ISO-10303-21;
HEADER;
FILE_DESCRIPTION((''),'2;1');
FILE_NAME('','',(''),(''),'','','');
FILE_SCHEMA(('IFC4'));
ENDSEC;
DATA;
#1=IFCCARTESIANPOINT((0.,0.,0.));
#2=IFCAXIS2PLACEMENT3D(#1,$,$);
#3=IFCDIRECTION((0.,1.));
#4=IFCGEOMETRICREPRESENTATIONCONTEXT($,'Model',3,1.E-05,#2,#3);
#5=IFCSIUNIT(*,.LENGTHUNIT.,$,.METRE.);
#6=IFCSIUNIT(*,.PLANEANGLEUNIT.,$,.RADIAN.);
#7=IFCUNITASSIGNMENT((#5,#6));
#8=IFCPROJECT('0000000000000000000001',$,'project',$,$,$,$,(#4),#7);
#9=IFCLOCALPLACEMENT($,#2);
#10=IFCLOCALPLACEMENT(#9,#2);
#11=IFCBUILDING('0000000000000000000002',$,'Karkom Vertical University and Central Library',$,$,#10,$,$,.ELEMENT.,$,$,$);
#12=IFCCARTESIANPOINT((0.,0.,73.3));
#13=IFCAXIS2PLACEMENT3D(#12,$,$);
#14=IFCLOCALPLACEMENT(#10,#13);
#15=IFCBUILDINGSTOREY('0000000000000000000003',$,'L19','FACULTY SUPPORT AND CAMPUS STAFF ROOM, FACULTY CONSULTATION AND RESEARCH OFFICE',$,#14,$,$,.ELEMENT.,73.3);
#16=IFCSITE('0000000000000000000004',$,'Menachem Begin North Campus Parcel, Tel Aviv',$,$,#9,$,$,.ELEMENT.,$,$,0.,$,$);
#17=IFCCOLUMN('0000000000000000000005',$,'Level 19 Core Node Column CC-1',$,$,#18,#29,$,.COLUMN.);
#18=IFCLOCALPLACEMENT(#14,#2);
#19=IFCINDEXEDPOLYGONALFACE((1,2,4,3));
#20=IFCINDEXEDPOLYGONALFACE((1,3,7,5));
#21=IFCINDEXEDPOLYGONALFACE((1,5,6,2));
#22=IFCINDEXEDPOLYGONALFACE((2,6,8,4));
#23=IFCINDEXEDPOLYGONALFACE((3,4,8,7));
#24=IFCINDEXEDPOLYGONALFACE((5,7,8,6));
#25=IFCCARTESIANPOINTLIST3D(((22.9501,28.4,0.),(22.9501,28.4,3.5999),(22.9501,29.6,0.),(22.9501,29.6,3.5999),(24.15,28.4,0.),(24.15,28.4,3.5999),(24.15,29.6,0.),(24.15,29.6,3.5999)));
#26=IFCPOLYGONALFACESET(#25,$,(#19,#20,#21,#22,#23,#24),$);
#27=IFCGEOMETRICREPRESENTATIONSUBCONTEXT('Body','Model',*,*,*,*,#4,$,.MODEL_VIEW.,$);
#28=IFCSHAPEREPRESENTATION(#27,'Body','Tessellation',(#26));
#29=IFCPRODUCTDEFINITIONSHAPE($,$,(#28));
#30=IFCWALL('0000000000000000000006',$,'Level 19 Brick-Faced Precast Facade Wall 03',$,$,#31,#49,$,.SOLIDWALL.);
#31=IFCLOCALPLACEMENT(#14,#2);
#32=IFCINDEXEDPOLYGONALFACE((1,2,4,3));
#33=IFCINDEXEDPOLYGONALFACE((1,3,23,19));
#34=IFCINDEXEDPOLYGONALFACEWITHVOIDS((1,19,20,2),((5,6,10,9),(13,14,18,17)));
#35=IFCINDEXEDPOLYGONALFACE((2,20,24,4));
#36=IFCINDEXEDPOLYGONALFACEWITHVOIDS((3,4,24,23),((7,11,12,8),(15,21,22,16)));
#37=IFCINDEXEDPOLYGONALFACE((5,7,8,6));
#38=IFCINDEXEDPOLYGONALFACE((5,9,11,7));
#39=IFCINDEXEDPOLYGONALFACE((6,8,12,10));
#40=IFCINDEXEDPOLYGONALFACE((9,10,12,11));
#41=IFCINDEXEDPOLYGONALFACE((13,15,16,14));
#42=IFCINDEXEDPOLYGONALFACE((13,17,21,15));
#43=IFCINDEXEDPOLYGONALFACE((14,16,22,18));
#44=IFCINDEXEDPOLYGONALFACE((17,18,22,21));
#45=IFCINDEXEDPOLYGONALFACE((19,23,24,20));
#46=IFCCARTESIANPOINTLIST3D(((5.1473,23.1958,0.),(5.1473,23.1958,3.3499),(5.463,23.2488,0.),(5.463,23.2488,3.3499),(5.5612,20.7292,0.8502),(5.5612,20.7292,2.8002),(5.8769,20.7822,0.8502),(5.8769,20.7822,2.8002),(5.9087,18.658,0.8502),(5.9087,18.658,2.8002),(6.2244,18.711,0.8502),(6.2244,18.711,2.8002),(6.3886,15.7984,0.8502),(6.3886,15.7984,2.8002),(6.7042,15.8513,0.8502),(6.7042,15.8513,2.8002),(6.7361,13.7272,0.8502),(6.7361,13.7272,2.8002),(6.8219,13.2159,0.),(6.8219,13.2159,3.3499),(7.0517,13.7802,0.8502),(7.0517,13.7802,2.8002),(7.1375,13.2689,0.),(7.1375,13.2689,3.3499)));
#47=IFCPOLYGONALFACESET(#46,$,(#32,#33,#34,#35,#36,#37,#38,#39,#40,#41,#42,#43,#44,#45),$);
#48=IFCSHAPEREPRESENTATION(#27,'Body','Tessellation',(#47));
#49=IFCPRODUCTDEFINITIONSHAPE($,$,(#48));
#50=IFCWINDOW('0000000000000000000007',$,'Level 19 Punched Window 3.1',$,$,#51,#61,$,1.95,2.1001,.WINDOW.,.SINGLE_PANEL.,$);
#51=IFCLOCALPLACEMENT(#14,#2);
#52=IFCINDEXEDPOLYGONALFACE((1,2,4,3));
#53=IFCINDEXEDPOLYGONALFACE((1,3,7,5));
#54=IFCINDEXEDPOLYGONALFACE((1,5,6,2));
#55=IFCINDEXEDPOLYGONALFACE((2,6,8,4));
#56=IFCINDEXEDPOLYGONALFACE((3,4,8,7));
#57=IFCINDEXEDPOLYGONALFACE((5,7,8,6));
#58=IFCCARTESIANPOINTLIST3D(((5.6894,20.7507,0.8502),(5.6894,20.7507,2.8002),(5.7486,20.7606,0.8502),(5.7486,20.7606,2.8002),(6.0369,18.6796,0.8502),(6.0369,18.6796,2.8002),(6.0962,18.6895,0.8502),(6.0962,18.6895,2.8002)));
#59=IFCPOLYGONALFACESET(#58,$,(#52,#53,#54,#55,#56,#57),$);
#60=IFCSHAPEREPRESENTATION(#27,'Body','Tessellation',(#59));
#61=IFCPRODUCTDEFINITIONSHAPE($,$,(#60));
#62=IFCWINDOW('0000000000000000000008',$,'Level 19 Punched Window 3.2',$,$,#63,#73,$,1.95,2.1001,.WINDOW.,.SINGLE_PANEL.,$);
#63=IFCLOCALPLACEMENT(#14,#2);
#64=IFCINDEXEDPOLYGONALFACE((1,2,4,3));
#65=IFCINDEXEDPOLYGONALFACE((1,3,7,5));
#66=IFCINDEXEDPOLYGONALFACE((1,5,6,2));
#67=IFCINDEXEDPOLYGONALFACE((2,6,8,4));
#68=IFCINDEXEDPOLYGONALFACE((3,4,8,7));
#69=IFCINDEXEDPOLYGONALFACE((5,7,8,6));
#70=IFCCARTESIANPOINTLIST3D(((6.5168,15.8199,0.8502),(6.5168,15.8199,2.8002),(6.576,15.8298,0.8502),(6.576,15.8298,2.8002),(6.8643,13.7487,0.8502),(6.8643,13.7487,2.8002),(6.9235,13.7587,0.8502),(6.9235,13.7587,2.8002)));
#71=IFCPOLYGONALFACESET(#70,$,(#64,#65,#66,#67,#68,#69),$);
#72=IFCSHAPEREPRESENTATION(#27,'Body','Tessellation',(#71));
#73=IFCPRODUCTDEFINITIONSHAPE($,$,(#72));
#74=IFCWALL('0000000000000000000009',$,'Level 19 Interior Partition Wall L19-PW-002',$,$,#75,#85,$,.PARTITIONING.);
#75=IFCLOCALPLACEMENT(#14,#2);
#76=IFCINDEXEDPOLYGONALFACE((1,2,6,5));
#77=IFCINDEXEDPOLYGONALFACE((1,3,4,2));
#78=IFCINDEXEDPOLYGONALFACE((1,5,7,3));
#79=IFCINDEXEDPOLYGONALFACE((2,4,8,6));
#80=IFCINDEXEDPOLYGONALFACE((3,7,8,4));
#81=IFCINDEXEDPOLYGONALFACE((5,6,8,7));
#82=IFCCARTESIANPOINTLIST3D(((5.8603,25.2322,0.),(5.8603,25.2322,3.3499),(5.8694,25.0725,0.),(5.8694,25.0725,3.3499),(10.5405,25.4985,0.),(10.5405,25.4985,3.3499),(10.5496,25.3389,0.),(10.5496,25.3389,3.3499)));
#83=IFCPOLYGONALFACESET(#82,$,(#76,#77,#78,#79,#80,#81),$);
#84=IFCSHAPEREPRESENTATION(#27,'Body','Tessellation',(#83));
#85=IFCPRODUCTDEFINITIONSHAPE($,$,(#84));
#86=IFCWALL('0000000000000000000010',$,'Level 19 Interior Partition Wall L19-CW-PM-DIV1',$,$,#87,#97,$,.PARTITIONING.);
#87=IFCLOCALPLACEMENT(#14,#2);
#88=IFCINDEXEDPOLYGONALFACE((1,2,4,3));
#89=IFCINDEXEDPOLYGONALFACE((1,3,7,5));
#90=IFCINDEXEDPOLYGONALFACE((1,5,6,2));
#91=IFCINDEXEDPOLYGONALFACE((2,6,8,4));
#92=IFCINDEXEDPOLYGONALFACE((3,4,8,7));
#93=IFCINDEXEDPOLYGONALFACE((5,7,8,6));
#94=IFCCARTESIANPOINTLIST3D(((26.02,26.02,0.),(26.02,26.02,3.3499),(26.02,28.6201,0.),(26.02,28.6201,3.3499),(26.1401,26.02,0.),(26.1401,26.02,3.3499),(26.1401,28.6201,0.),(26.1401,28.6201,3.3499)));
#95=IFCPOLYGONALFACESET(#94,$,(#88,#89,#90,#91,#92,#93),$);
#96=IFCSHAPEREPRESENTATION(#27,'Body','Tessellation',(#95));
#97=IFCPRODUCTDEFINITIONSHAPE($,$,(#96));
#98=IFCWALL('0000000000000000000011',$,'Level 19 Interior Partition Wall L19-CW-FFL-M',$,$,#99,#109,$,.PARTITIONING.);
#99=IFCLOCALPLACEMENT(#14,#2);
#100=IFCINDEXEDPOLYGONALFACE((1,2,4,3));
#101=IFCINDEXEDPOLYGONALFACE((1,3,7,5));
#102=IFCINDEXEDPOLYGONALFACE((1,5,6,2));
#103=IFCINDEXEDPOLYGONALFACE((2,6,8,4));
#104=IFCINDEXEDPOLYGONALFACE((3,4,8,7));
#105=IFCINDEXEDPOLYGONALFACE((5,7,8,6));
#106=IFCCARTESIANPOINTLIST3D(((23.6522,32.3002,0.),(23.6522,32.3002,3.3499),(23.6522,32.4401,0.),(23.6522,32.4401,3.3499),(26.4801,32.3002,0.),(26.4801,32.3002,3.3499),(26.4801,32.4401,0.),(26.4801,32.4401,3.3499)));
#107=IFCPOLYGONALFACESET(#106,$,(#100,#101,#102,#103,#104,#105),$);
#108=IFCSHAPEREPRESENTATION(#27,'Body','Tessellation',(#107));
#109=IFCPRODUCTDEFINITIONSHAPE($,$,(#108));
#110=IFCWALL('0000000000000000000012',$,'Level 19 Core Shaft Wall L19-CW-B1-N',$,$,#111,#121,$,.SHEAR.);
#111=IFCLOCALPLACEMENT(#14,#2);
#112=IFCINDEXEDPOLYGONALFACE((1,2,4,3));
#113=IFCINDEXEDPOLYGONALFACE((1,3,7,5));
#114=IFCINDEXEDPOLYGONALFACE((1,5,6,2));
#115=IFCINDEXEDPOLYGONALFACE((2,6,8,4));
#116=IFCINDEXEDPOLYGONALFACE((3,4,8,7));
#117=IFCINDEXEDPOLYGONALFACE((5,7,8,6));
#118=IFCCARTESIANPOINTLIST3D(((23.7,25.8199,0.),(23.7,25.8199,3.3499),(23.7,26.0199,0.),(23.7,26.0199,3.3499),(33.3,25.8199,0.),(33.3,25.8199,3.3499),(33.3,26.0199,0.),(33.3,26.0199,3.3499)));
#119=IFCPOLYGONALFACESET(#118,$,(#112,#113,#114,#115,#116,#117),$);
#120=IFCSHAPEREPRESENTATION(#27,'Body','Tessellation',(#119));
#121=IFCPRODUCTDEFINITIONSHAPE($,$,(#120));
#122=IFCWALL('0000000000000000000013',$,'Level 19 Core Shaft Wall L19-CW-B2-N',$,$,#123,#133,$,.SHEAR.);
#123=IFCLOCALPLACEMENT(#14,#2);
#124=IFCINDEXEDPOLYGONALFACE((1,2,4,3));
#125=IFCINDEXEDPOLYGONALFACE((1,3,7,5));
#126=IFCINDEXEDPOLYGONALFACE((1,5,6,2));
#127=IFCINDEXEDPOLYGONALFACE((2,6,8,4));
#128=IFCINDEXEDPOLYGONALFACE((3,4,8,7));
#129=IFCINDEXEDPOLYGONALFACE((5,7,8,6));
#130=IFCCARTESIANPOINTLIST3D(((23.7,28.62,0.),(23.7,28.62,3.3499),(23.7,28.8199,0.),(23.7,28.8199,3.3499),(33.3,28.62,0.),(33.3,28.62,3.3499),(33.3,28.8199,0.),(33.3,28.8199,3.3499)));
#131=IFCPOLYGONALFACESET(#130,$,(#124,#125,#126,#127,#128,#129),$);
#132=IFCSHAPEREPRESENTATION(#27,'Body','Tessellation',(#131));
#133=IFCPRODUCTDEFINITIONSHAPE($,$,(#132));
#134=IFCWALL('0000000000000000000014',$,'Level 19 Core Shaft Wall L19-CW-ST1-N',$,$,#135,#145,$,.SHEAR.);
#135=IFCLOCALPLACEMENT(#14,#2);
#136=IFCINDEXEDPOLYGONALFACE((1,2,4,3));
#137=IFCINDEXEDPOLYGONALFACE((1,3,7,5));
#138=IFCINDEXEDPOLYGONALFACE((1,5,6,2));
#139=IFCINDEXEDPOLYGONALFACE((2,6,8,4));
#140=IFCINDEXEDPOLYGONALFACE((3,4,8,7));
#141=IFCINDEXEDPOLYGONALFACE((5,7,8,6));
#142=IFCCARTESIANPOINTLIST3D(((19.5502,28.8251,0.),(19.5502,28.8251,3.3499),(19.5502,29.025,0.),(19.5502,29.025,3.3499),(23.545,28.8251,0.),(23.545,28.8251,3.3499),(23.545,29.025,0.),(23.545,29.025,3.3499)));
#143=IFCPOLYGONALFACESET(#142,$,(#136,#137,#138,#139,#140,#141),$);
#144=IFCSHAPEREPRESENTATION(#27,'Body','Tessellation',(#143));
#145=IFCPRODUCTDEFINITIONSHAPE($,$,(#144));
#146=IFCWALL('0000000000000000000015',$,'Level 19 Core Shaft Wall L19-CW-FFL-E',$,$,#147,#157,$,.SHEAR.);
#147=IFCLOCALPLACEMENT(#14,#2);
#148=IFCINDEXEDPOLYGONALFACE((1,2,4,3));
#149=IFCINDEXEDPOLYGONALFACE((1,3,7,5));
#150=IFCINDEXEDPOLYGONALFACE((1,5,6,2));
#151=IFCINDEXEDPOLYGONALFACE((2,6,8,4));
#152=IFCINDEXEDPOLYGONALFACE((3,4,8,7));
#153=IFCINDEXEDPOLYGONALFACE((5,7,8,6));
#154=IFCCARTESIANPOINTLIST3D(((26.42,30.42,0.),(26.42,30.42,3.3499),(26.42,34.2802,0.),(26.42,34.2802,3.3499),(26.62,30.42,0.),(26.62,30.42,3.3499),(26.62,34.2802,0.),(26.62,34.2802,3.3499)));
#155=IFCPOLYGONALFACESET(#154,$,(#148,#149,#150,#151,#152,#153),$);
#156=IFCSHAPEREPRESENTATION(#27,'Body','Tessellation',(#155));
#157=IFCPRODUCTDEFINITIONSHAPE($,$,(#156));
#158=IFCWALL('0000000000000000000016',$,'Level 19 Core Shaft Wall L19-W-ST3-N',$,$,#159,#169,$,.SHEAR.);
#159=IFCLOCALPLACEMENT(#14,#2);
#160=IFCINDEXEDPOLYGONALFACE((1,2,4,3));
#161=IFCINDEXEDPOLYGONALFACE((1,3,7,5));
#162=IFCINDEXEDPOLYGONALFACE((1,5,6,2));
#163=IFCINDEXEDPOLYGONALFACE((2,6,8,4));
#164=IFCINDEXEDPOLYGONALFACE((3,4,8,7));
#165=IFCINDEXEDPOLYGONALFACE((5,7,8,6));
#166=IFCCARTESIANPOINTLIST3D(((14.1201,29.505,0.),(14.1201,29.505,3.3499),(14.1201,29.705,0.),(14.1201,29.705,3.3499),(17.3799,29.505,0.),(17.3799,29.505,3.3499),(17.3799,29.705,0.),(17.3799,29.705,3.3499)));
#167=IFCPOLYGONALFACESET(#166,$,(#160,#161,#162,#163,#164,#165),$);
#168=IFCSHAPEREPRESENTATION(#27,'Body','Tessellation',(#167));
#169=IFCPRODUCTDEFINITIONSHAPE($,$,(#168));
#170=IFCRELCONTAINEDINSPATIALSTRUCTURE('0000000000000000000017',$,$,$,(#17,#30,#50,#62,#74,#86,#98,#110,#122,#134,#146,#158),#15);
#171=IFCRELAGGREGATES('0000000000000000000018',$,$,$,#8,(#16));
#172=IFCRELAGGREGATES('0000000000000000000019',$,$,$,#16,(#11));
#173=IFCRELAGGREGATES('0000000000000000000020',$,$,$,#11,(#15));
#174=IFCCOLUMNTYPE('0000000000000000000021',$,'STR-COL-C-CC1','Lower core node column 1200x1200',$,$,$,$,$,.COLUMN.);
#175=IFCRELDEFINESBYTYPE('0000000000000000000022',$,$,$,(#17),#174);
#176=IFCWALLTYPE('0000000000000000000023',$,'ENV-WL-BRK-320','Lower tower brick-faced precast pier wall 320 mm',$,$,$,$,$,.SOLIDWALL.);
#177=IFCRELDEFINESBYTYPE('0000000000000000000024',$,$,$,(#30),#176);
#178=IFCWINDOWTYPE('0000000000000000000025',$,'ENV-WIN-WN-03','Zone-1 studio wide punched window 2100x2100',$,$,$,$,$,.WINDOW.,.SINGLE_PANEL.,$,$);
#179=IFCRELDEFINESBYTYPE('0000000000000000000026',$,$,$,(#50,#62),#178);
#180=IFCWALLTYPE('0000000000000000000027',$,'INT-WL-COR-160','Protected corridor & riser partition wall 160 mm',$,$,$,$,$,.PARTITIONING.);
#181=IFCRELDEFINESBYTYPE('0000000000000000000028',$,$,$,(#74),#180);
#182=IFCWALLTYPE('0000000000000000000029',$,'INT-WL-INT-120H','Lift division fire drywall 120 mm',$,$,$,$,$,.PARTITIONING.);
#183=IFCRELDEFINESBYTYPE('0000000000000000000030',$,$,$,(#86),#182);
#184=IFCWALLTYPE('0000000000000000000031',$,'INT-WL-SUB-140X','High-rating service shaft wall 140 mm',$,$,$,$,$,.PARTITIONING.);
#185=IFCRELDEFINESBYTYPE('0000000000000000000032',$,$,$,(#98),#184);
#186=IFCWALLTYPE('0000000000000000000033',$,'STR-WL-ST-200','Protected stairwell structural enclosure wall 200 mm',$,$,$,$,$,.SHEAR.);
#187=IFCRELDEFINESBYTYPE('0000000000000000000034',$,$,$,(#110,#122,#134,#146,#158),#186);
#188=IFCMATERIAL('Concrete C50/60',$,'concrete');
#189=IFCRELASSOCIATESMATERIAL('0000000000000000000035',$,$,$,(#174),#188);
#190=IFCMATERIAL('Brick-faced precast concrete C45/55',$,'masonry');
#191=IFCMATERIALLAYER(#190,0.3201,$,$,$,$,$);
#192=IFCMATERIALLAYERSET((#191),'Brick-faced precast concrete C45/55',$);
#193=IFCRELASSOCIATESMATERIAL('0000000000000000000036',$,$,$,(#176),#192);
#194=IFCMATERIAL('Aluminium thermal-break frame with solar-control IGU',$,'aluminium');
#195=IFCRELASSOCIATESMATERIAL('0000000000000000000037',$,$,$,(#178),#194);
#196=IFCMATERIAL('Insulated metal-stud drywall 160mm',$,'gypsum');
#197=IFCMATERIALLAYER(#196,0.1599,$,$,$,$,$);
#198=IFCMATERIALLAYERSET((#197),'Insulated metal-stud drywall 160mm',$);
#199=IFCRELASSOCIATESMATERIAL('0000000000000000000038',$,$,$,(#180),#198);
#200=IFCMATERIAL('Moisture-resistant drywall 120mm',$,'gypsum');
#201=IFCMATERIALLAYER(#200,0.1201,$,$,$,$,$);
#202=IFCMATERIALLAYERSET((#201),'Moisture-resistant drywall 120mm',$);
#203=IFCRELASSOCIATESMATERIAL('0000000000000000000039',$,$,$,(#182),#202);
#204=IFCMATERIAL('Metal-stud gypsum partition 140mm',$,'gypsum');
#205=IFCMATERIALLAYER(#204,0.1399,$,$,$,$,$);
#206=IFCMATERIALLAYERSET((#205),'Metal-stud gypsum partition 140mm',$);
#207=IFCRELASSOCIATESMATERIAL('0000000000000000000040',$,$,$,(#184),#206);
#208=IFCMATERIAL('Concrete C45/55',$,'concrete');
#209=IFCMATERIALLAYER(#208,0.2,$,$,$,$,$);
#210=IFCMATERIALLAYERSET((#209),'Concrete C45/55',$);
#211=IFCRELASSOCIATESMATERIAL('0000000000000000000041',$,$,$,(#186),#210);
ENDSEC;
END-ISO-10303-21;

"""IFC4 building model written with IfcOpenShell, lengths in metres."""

from ifc_helpers import new_model, si_unit, direction, frame, frame_2d, origin, origin_with_axes, origin_2d, place, context, subcontext, project, spatial, rectangle, extrude, source, transform, mapped, material, layer, layer_set, material_profile, profile_set, type_object, element, fill, save


model = new_model("IFC4")

# Units and contexts
model_context = context("Model", 3, precision=1e-05, world=origin(), true_north=direction((0.0, 1.0)))
body_context = subcontext(model_context, "Body", "Model", "MODEL_VIEW")
ifc_project = project(units=[si_unit("LENGTHUNIT", "METRE"), si_unit("PLANEANGLEUNIT", "RADIAN")], contexts=[model_context])

# Site, building, storey
site_placement = place(None, origin())
site = spatial("IfcSite", under=ifc_project, at=site_placement, Name="Menachem Begin North Campus Parcel, Tel Aviv", CompositionType="ELEMENT", RefElevation=0.0)
building_placement = place(site_placement, origin())
building = spatial("IfcBuilding", under=site, at=building_placement, Name="Karkom Vertical University and Central Library", CompositionType="ELEMENT")
storey_placement = place(building_placement, frame((0.0, 0.0, 73.3)))
storey = spatial("IfcBuildingStorey", under=building, at=storey_placement, Name="L19", Description="FACULTY SUPPORT AND CAMPUS STAFF ROOM, FACULTY CONSULTATION AND RESEARCH OFFICE", CompositionType="ELEMENT", Elevation=73.3)

# Column
ifc_material_1 = material(Name="Concrete C50/60", Category="concrete")
ifc_material_profile = material_profile(ifc_material_1, rectangle(XDim=1.2, YDim=1.2, at=origin_2d()), Name="RC-1200x1200")
ifc_profile_set = profile_set([ifc_material_profile], Name="Concrete C50/60")
column_type = type_object("IfcColumnType", Name="STR-COL-C-CC1", Description="Lower core node column 1200x1200", PredefinedType="COLUMN", material=ifc_profile_set)
shared_shape_1 = source(origin_with_axes(), body_context, "Body", "SweptSolid", [
    extrude(rectangle(XDim=1.2, YDim=1.2, at=origin_2d()), origin(), (0.0, 0.0, 1.0), 3.5999),
])
column_placement = place(storey_placement, frame((23.55, 29.0, 0.0), z_axis=(0.0, 0.0, 1.0), x_axis=(1.0, 0.0, 0.0)))
element("IfcColumn", 1, at=column_placement, inside=storey, type_object=column_type, Name="Level 19 Core Node Column CC-1", PredefinedType="COLUMN", context=body_context, shape_type="MappedRepresentation", body=[
    mapped(shared_shape_1, transform((0.0, 0.0, 0.0), scale=1.0)),
])

# Wall, openings, windows
ifc_material_2 = material(Name="Brick-faced precast concrete C45/55", Category="masonry")
ifc_layer_1 = layer(ifc_material_2, 0.3201)
ifc_layer_set_1 = layer_set([ifc_layer_1], Name="Brick-faced precast concrete C45/55")
wall_type_1 = type_object("IfcWallType", Name="ENV-WL-BRK-320", Description="Lower tower brick-faced precast pier wall 320 mm", PredefinedType="SOLIDWALL", material=ifc_layer_set_1)
wall_1_placement = place(storey_placement, frame((5.3052, 23.2222, 0.0), z_axis=(0.0, 0.0, 1.0), x_axis=(0.165479, -0.986213, 0.0)))
wall_1 = element("IfcWall", 2, at=wall_1_placement, inside=storey, type_object=wall_type_1, Name="Level 19 Brick-Faced Precast Facade Wall 03", PredefinedType="SOLIDWALL", context=body_context, shape_type="SweptSolid", body=[
    extrude(rectangle(XDim=10.1194, YDim=0.3201, at=frame_2d((5.0596, 0.0))), origin(), (0.0, 0.0, 1.0), 3.3499),
])
opening_1_placement = place(wall_1_placement, frame((2.501, 0.0, 0.8501)))
opening_1 = element("IfcOpeningElement", 3, at=opening_1_placement, cuts=wall_1, PredefinedType="OPENING", context=body_context, shape_type="SweptSolid", body=[
    extrude(rectangle(XDim=2.1001, YDim=1.95, at=frame_2d((1.05, 0.9751))), frame((0.0, 0.1699, 0.0), z_axis=(0.0, -1.0, 0.0), x_axis=(1.0, 0.0, 0.0)), (0.0, 0.0, 1.0), 0.3401),
])
opening_2_placement = place(wall_1_placement, frame((7.5007, 0.0, 0.8501)))
opening_2 = element("IfcOpeningElement", 4, at=opening_2_placement, cuts=wall_1, PredefinedType="OPENING", context=body_context, shape_type="SweptSolid", body=[
    extrude(rectangle(XDim=2.1001, YDim=1.95, at=frame_2d((1.05, 0.9751))), frame((0.0, 0.1699, 0.0), z_axis=(0.0, -1.0, 0.0), x_axis=(1.0, 0.0, 0.0)), (0.0, 0.0, 1.0), 0.3401),
])
ifc_material_3 = material(Name="Aluminium thermal-break frame with solar-control IGU", Category="aluminium")
window_type = type_object("IfcWindowType", Name="ENV-WIN-WN-03", Description="Zone-1 studio wide punched window 2100x2100", PartitioningType="SINGLE_PANEL", PredefinedType="WINDOW", material=ifc_material_3)
shared_shape_2 = source(origin_with_axes(), body_context, "Body", "SweptSolid", [
    extrude(rectangle(XDim=2.1001, YDim=1.95, at=frame_2d((1.05, 0.9751))), frame((0.0, 0.03, 0.0), z_axis=(0.0, -1.0, 0.0), x_axis=(1.0, 0.0, 0.0)), (0.0, 0.0, 1.0), 0.0601),
])
window_1_placement = place(opening_1_placement, origin())
window_1 = element("IfcWindow", 5, at=window_1_placement, inside=storey, type_object=window_type, Name="Level 19 Punched Window 3.1", OverallHeight=1.95, OverallWidth=2.1001, PartitioningType="SINGLE_PANEL", PredefinedType="WINDOW", context=body_context, shape_type="MappedRepresentation", body=[
    mapped(shared_shape_2, transform((0.0, 0.0, 0.0), scale=1.0)),
])
fill(opening_1, window_1)
window_2_placement = place(opening_2_placement, origin())
window_2 = element("IfcWindow", 6, at=window_2_placement, inside=storey, type_object=window_type, Name="Level 19 Punched Window 3.2", OverallHeight=1.95, OverallWidth=2.1001, PartitioningType="SINGLE_PANEL", PredefinedType="WINDOW", context=body_context, shape_type="MappedRepresentation", body=[
    mapped(shared_shape_2, transform((0.0, 0.0, 0.0), scale=1.0)),
])
fill(opening_2, window_2)

# Walls
ifc_material_4 = material(Name="Insulated metal-stud drywall 160mm", Category="gypsum")
ifc_layer_2 = layer(ifc_material_4, 0.1599)
ifc_layer_set_2 = layer_set([ifc_layer_2], Name="Insulated metal-stud drywall 160mm")
wall_type_2 = type_object("IfcWallType", Name="INT-WL-COR-160", Description="Protected corridor & riser partition wall 160 mm", PredefinedType="PARTITIONING", material=ifc_layer_set_2)
wall_2_placement = place(storey_placement, frame((5.865, 25.1523, 0.0), z_axis=(0.0, 0.0, 1.0), x_axis=(0.998384, 0.05682, 0.0)))
element("IfcWall", 7, at=wall_2_placement, inside=storey, type_object=wall_type_2, Name="Level 19 Interior Partition Wall L19-PW-002", PredefinedType="PARTITIONING", context=body_context, shape_type="SweptSolid", body=[
    extrude(rectangle(XDim=4.6877, YDim=0.1599, at=frame_2d((2.3438, 0.0))), origin(), (0.0, 0.0, 1.0), 3.3499),
])
ifc_material_5 = material(Name="Moisture-resistant drywall 120mm", Category="gypsum")
ifc_layer_3 = layer(ifc_material_5, 0.1201)
ifc_layer_set_3 = layer_set([ifc_layer_3], Name="Moisture-resistant drywall 120mm")
wall_type_3 = type_object("IfcWallType", Name="INT-WL-INT-120H", Description="Lift division fire drywall 120 mm", PredefinedType="PARTITIONING", material=ifc_layer_set_3)
wall_3_placement = place(storey_placement, frame((26.0801, 26.02, 0.0), z_axis=(0.0, 0.0, 1.0), x_axis=(0.0, 1.0, 0.0)))
element("IfcWall", 8, at=wall_3_placement, inside=storey, type_object=wall_type_3, Name="Level 19 Interior Partition Wall L19-CW-PM-DIV1", PredefinedType="PARTITIONING", context=body_context, shape_type="SweptSolid", body=[
    extrude(rectangle(XDim=2.6001, YDim=0.1201, at=frame_2d((1.3, 0.0))), origin(), (0.0, 0.0, 1.0), 3.3499),
])
ifc_material_6 = material(Name="Metal-stud gypsum partition 140mm", Category="gypsum")
ifc_layer_4 = layer(ifc_material_6, 0.1399)
ifc_layer_set_4 = layer_set([ifc_layer_4], Name="Metal-stud gypsum partition 140mm")
wall_type_4 = type_object("IfcWallType", Name="INT-WL-SUB-140X", Description="High-rating service shaft wall 140 mm", PredefinedType="PARTITIONING", material=ifc_layer_set_4)
wall_4_placement = place(storey_placement, frame((23.6521, 32.3701, 0.0), z_axis=(0.0, 0.0, 1.0), x_axis=(1.0, 0.0, 0.0)))
element("IfcWall", 9, at=wall_4_placement, inside=storey, type_object=wall_type_4, Name="Level 19 Interior Partition Wall L19-CW-FFL-M", PredefinedType="PARTITIONING", context=body_context, shape_type="SweptSolid", body=[
    extrude(rectangle(XDim=2.8279, YDim=0.1399, at=frame_2d((1.4141, 0.0))), origin(), (0.0, 0.0, 1.0), 3.3499),
])
ifc_material_7 = material(Name="Concrete C45/55", Category="concrete")
ifc_layer_5 = layer(ifc_material_7, 0.2)
ifc_layer_set_5 = layer_set([ifc_layer_5], Name="Concrete C45/55")
wall_type_5 = type_object("IfcWallType", Name="STR-WL-ST-200", Description="Protected stairwell structural enclosure wall 200 mm", PredefinedType="SHEAR", material=ifc_layer_set_5)
for number, where, z_axis, x_axis, name in (
    (10, (23.7, 25.9199, 0.0), (0.0, 0.0, 1.0), (1.0, 0.0, 0.0), "Level 19 Core Shaft Wall L19-CW-B1-N"),
    (11, (23.7, 28.72, 0.0), (0.0, 0.0, 1.0), (1.0, 0.0, 0.0), "Level 19 Core Shaft Wall L19-CW-B2-N"),
):
    element("IfcWall", number, at=place(storey_placement, frame(where, z_axis=z_axis, x_axis=x_axis)), inside=storey, type_object=wall_type_5, Name=name, PredefinedType="SHEAR", context=body_context, shape_type="SweptSolid", body=[
        extrude(rectangle(XDim=9.6001, YDim=0.2, at=frame_2d((4.8, 0.0))), origin(), (0.0, 0.0, 1.0), 3.3499),
    ])
wall_5_placement = place(storey_placement, frame((19.55, 28.925, 0.0), z_axis=(0.0, 0.0, 1.0), x_axis=(1.0, 0.0, 0.0)))
element("IfcWall", 12, at=wall_5_placement, inside=storey, type_object=wall_type_5, Name="Level 19 Core Shaft Wall L19-CW-ST1-N", PredefinedType="SHEAR", context=body_context, shape_type="SweptSolid", body=[
    extrude(rectangle(XDim=3.9949, YDim=0.2, at=frame_2d((1.9976, 0.0))), origin(), (0.0, 0.0, 1.0), 3.3499),
])
wall_6_placement = place(storey_placement, frame((26.52, 30.4199, 0.0), z_axis=(0.0, 0.0, 1.0), x_axis=(0.0, 1.0, 0.0)))
element("IfcWall", 13, at=wall_6_placement, inside=storey, type_object=wall_type_5, Name="Level 19 Core Shaft Wall L19-CW-FFL-E", PredefinedType="SHEAR", context=body_context, shape_type="SweptSolid", body=[
    extrude(rectangle(XDim=3.8601, YDim=0.2, at=frame_2d((1.9302, 0.0))), origin(), (0.0, 0.0, 1.0), 3.3499),
])
wall_7_placement = place(storey_placement, frame((14.1201, 29.605, 0.0), z_axis=(0.0, 0.0, 1.0), x_axis=(1.0, 0.0, 0.0)))
element("IfcWall", 14, at=wall_7_placement, inside=storey, type_object=wall_type_5, Name="Level 19 Core Shaft Wall L19-W-ST3-N", PredefinedType="SHEAR", context=body_context, shape_type="SweptSolid", body=[
    extrude(rectangle(XDim=3.2598, YDim=0.2, at=frame_2d((1.6299, 0.0))), origin(), (0.0, 0.0, 1.0), 3.3499),
])

save(model, "model.ifc")
